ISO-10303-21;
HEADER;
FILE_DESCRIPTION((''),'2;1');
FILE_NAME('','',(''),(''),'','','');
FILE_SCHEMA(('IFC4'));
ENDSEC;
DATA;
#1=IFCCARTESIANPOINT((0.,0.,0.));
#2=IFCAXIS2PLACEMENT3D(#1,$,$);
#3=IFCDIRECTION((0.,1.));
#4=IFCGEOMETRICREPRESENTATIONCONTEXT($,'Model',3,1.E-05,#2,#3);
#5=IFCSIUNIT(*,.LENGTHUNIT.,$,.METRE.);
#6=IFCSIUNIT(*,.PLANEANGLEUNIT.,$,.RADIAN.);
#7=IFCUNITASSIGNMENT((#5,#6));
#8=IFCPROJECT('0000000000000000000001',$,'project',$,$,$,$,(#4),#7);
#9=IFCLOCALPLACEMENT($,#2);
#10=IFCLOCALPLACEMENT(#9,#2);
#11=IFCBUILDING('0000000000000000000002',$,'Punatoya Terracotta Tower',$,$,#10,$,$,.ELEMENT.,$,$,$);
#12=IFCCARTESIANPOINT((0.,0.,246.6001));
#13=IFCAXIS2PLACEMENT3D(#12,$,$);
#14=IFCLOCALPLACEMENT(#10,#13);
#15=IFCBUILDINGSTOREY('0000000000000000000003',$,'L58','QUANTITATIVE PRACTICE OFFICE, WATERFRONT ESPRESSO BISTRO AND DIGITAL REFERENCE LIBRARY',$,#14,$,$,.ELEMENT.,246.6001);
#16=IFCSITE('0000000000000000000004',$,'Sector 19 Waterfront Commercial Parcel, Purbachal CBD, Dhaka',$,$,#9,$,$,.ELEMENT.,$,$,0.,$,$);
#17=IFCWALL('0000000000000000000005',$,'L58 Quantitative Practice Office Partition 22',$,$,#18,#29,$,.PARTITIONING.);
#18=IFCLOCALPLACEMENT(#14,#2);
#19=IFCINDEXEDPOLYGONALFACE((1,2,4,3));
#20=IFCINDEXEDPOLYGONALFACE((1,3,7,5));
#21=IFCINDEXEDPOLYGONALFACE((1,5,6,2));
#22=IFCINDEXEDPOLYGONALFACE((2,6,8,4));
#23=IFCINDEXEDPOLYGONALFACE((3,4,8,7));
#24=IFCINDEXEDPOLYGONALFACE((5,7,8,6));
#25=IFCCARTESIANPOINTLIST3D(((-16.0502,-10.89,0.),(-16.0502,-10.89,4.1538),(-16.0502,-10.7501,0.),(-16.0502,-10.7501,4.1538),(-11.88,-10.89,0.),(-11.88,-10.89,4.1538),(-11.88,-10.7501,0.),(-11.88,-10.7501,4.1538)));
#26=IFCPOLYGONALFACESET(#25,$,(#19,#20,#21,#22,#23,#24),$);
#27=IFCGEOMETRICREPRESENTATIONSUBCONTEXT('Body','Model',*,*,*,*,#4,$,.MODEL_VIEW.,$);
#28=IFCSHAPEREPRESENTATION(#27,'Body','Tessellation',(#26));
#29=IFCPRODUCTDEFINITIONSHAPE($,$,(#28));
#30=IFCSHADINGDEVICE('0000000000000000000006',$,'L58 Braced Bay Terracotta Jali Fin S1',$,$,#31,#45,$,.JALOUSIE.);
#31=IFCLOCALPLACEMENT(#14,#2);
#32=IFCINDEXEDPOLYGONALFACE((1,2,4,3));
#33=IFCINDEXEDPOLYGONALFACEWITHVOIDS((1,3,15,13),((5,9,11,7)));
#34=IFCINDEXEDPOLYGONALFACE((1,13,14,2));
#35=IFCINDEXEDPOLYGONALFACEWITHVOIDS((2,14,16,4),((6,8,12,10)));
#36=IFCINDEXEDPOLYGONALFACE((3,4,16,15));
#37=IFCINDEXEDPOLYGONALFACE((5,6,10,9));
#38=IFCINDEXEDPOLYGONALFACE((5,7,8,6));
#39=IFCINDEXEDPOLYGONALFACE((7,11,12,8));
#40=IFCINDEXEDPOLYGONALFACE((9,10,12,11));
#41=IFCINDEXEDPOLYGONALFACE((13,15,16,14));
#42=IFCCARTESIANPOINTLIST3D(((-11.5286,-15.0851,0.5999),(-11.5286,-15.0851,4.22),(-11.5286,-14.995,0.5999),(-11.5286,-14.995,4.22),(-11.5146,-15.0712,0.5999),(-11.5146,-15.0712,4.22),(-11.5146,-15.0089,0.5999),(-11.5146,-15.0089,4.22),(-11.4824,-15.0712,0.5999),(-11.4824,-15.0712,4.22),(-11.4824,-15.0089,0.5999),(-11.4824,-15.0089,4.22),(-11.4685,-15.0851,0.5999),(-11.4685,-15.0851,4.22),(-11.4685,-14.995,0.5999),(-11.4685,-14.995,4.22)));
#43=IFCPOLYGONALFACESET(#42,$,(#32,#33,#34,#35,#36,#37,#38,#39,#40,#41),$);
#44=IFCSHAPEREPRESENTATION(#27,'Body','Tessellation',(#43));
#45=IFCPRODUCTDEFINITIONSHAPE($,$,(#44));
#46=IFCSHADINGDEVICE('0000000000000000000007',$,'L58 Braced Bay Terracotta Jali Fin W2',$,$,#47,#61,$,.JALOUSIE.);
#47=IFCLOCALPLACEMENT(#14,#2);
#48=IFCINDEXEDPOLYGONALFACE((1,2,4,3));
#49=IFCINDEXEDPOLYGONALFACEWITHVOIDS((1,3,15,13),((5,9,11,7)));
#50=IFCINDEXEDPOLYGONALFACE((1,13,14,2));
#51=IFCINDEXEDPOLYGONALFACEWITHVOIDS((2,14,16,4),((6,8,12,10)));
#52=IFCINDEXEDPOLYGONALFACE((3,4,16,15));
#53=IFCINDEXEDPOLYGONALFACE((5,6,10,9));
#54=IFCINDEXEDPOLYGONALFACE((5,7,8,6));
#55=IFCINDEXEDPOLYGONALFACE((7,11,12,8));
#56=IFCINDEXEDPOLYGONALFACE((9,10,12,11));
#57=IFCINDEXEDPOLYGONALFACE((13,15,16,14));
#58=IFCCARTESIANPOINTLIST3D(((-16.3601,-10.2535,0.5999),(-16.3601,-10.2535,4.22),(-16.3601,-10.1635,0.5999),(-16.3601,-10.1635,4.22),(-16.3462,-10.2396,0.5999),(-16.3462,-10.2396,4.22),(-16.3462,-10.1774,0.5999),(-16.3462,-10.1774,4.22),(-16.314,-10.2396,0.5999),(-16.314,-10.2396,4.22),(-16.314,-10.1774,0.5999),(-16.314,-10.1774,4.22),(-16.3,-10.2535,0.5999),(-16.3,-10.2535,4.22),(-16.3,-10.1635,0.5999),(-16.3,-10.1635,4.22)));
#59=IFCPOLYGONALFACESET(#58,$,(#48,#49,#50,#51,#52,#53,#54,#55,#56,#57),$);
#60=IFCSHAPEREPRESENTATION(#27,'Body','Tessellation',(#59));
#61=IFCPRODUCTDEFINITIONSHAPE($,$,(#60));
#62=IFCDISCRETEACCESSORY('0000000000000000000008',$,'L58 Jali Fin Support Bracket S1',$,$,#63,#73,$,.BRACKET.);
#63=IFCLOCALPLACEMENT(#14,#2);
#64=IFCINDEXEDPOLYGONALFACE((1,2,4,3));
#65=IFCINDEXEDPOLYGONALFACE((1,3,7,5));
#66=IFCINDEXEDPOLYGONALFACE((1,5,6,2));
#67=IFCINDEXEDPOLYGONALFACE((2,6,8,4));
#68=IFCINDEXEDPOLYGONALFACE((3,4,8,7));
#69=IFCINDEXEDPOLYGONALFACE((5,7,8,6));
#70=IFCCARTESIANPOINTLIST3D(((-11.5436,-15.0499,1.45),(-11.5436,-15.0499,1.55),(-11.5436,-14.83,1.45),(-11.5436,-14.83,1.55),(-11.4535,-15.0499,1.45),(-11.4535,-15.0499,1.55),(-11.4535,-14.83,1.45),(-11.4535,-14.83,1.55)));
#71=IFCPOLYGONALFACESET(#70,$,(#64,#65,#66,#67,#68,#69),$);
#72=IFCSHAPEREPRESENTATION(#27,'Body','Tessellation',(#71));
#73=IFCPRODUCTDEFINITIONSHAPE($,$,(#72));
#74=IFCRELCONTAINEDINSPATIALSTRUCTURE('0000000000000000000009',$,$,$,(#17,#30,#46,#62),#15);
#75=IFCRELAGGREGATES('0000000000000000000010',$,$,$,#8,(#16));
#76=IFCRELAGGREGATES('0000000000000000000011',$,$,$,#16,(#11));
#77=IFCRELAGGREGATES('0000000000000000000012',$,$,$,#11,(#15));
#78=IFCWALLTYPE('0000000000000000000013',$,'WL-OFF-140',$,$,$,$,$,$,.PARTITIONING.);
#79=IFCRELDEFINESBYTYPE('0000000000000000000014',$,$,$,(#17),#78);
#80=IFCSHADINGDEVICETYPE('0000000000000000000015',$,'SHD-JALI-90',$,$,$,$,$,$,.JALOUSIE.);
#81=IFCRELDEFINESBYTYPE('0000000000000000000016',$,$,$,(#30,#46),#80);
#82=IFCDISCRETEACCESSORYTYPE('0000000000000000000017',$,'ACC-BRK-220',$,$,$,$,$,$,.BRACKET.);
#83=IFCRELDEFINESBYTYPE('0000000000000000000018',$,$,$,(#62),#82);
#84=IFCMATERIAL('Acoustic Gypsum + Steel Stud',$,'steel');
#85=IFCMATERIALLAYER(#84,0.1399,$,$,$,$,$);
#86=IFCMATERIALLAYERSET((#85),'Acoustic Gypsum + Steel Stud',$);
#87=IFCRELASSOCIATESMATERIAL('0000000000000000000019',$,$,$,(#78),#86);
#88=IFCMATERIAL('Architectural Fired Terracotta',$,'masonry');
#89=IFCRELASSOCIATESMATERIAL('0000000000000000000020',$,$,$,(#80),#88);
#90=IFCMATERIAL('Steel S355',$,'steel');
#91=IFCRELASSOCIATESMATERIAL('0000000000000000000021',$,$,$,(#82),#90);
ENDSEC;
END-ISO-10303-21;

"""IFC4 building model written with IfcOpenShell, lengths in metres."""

from ifc_helpers import new_model, si_unit, direction, frame, frame_2d, origin, origin_2d, place, context, subcontext, project, spatial, rectangle, hollow_rectangle, extrude, material, layer, layer_set, material_profile, profile_set, type_object, element, save


model = new_model("IFC4")

# Units and contexts
model_context = context("Model", 3, precision=1e-05, world=origin(), true_north=direction((0.0, 1.0)))
body_context = subcontext(model_context, "Body", "Model", "MODEL_VIEW")
ifc_project = project(units=[si_unit("LENGTHUNIT", "METRE"), si_unit("PLANEANGLEUNIT", "RADIAN")], contexts=[model_context])

# Site, building, storey
site_placement = place(None, origin())
site = spatial("IfcSite", under=ifc_project, at=site_placement, Name="Sector 19 Waterfront Commercial Parcel, Purbachal CBD, Dhaka", CompositionType="ELEMENT", RefElevation=0.0)
building_placement = place(site_placement, origin())
building = spatial("IfcBuilding", under=site, at=building_placement, Name="Punatoya Terracotta Tower", CompositionType="ELEMENT")
storey_placement = place(building_placement, frame((0.0, 0.0, 246.6001)))
storey = spatial("IfcBuildingStorey", under=building, at=storey_placement, Name="L58", Description="QUANTITATIVE PRACTICE OFFICE, WATERFRONT ESPRESSO BISTRO AND DIGITAL REFERENCE LIBRARY", CompositionType="ELEMENT", Elevation=246.6001)

# Shared definitions
ifc_material_1 = material(Name="Steel S355", Category="steel")

# Wall
ifc_material_2 = material(Name="Acoustic Gypsum + Steel Stud", Category="steel")
ifc_layer_1 = layer(ifc_material_2, 0.1399)
ifc_layer_set_1 = layer_set([ifc_layer_1], Name="Acoustic Gypsum + Steel Stud")
wall_type_1 = type_object("IfcWallType", Name="WL-OFF-140", PredefinedType="PARTITIONING", material=ifc_layer_set_1)
wall_1_placement = place(storey_placement, frame((-16.05, -10.8201, 0.0), z_axis=(0.0, 0.0, 1.0), x_axis=(1.0, 0.0, 0.0)))
element("IfcWall", 1, at=wall_1_placement, inside=storey, type_object=wall_type_1, Name="L58 Quantitative Practice Office Partition 22", PredefinedType="PARTITIONING", context=body_context, shape_type="SweptSolid", body=[
    extrude(rectangle(XDim=4.1702, YDim=0.1399, at=frame_2d((2.085, 0.0))), origin(), (0.0, 0.0, 1.0), 4.1538),
])

# Shading devices
ifc_material_3 = material(Name="Architectural Fired Terracotta", Category="masonry")
ifc_material_profile_1 = material_profile(ifc_material_3, hollow_rectangle(XDim=0.0601, YDim=0.0901, WallThickness=0.0139, at=origin_2d()))
ifc_profile_set_1 = profile_set([ifc_material_profile_1], Name="Architectural Fired Terracotta")
shading_device_type = type_object("IfcShadingDeviceType", Name="SHD-JALI-90", PredefinedType="JALOUSIE", material=ifc_profile_set_1)
for number, where, z_axis, x_axis, name in (
    (2, (-11.4985, -15.04, 0.5999), (0.0, 0.0, 1.0), (1.0, 0.0, 0.0), "L58 Braced Bay Terracotta Jali Fin S1"),
    (3, (-16.3301, -10.2085, 0.5999), (0.0, 0.0, 1.0), (1.0, 0.0, 0.0), "L58 Braced Bay Terracotta Jali Fin W2"),
):
    element("IfcShadingDevice", number, at=place(storey_placement, frame(where, z_axis=z_axis, x_axis=x_axis)), inside=storey, type_object=shading_device_type, Name=name, PredefinedType="JALOUSIE", context=body_context, shape_type="SweptSolid", body=[
        extrude(hollow_rectangle(XDim=0.0601, YDim=0.0901, WallThickness=0.0139, at=origin_2d()), origin(), (0.0, 0.0, 1.0), 3.6201),
    ])

# Discrete accessory
discrete_accessory_type = type_object("IfcDiscreteAccessoryType", Name="ACC-BRK-220", PredefinedType="BRACKET", material=ifc_material_1)
discrete_accessory_placement = place(storey_placement, frame((-11.4985, -14.9399, 1.45), z_axis=(0.0, 0.0, 1.0), x_axis=(1.0, 0.0, 0.0)))
element("IfcDiscreteAccessory", 4, at=discrete_accessory_placement, inside=storey, type_object=discrete_accessory_type, Name="L58 Jali Fin Support Bracket S1", PredefinedType="BRACKET", context=body_context, shape_type="SweptSolid", body=[
    extrude(rectangle(XDim=0.0901, YDim=0.22, at=origin_2d()), origin(), (0.0, 0.0, 1.0), 0.1001),
])

save(model, "model.ifc")
